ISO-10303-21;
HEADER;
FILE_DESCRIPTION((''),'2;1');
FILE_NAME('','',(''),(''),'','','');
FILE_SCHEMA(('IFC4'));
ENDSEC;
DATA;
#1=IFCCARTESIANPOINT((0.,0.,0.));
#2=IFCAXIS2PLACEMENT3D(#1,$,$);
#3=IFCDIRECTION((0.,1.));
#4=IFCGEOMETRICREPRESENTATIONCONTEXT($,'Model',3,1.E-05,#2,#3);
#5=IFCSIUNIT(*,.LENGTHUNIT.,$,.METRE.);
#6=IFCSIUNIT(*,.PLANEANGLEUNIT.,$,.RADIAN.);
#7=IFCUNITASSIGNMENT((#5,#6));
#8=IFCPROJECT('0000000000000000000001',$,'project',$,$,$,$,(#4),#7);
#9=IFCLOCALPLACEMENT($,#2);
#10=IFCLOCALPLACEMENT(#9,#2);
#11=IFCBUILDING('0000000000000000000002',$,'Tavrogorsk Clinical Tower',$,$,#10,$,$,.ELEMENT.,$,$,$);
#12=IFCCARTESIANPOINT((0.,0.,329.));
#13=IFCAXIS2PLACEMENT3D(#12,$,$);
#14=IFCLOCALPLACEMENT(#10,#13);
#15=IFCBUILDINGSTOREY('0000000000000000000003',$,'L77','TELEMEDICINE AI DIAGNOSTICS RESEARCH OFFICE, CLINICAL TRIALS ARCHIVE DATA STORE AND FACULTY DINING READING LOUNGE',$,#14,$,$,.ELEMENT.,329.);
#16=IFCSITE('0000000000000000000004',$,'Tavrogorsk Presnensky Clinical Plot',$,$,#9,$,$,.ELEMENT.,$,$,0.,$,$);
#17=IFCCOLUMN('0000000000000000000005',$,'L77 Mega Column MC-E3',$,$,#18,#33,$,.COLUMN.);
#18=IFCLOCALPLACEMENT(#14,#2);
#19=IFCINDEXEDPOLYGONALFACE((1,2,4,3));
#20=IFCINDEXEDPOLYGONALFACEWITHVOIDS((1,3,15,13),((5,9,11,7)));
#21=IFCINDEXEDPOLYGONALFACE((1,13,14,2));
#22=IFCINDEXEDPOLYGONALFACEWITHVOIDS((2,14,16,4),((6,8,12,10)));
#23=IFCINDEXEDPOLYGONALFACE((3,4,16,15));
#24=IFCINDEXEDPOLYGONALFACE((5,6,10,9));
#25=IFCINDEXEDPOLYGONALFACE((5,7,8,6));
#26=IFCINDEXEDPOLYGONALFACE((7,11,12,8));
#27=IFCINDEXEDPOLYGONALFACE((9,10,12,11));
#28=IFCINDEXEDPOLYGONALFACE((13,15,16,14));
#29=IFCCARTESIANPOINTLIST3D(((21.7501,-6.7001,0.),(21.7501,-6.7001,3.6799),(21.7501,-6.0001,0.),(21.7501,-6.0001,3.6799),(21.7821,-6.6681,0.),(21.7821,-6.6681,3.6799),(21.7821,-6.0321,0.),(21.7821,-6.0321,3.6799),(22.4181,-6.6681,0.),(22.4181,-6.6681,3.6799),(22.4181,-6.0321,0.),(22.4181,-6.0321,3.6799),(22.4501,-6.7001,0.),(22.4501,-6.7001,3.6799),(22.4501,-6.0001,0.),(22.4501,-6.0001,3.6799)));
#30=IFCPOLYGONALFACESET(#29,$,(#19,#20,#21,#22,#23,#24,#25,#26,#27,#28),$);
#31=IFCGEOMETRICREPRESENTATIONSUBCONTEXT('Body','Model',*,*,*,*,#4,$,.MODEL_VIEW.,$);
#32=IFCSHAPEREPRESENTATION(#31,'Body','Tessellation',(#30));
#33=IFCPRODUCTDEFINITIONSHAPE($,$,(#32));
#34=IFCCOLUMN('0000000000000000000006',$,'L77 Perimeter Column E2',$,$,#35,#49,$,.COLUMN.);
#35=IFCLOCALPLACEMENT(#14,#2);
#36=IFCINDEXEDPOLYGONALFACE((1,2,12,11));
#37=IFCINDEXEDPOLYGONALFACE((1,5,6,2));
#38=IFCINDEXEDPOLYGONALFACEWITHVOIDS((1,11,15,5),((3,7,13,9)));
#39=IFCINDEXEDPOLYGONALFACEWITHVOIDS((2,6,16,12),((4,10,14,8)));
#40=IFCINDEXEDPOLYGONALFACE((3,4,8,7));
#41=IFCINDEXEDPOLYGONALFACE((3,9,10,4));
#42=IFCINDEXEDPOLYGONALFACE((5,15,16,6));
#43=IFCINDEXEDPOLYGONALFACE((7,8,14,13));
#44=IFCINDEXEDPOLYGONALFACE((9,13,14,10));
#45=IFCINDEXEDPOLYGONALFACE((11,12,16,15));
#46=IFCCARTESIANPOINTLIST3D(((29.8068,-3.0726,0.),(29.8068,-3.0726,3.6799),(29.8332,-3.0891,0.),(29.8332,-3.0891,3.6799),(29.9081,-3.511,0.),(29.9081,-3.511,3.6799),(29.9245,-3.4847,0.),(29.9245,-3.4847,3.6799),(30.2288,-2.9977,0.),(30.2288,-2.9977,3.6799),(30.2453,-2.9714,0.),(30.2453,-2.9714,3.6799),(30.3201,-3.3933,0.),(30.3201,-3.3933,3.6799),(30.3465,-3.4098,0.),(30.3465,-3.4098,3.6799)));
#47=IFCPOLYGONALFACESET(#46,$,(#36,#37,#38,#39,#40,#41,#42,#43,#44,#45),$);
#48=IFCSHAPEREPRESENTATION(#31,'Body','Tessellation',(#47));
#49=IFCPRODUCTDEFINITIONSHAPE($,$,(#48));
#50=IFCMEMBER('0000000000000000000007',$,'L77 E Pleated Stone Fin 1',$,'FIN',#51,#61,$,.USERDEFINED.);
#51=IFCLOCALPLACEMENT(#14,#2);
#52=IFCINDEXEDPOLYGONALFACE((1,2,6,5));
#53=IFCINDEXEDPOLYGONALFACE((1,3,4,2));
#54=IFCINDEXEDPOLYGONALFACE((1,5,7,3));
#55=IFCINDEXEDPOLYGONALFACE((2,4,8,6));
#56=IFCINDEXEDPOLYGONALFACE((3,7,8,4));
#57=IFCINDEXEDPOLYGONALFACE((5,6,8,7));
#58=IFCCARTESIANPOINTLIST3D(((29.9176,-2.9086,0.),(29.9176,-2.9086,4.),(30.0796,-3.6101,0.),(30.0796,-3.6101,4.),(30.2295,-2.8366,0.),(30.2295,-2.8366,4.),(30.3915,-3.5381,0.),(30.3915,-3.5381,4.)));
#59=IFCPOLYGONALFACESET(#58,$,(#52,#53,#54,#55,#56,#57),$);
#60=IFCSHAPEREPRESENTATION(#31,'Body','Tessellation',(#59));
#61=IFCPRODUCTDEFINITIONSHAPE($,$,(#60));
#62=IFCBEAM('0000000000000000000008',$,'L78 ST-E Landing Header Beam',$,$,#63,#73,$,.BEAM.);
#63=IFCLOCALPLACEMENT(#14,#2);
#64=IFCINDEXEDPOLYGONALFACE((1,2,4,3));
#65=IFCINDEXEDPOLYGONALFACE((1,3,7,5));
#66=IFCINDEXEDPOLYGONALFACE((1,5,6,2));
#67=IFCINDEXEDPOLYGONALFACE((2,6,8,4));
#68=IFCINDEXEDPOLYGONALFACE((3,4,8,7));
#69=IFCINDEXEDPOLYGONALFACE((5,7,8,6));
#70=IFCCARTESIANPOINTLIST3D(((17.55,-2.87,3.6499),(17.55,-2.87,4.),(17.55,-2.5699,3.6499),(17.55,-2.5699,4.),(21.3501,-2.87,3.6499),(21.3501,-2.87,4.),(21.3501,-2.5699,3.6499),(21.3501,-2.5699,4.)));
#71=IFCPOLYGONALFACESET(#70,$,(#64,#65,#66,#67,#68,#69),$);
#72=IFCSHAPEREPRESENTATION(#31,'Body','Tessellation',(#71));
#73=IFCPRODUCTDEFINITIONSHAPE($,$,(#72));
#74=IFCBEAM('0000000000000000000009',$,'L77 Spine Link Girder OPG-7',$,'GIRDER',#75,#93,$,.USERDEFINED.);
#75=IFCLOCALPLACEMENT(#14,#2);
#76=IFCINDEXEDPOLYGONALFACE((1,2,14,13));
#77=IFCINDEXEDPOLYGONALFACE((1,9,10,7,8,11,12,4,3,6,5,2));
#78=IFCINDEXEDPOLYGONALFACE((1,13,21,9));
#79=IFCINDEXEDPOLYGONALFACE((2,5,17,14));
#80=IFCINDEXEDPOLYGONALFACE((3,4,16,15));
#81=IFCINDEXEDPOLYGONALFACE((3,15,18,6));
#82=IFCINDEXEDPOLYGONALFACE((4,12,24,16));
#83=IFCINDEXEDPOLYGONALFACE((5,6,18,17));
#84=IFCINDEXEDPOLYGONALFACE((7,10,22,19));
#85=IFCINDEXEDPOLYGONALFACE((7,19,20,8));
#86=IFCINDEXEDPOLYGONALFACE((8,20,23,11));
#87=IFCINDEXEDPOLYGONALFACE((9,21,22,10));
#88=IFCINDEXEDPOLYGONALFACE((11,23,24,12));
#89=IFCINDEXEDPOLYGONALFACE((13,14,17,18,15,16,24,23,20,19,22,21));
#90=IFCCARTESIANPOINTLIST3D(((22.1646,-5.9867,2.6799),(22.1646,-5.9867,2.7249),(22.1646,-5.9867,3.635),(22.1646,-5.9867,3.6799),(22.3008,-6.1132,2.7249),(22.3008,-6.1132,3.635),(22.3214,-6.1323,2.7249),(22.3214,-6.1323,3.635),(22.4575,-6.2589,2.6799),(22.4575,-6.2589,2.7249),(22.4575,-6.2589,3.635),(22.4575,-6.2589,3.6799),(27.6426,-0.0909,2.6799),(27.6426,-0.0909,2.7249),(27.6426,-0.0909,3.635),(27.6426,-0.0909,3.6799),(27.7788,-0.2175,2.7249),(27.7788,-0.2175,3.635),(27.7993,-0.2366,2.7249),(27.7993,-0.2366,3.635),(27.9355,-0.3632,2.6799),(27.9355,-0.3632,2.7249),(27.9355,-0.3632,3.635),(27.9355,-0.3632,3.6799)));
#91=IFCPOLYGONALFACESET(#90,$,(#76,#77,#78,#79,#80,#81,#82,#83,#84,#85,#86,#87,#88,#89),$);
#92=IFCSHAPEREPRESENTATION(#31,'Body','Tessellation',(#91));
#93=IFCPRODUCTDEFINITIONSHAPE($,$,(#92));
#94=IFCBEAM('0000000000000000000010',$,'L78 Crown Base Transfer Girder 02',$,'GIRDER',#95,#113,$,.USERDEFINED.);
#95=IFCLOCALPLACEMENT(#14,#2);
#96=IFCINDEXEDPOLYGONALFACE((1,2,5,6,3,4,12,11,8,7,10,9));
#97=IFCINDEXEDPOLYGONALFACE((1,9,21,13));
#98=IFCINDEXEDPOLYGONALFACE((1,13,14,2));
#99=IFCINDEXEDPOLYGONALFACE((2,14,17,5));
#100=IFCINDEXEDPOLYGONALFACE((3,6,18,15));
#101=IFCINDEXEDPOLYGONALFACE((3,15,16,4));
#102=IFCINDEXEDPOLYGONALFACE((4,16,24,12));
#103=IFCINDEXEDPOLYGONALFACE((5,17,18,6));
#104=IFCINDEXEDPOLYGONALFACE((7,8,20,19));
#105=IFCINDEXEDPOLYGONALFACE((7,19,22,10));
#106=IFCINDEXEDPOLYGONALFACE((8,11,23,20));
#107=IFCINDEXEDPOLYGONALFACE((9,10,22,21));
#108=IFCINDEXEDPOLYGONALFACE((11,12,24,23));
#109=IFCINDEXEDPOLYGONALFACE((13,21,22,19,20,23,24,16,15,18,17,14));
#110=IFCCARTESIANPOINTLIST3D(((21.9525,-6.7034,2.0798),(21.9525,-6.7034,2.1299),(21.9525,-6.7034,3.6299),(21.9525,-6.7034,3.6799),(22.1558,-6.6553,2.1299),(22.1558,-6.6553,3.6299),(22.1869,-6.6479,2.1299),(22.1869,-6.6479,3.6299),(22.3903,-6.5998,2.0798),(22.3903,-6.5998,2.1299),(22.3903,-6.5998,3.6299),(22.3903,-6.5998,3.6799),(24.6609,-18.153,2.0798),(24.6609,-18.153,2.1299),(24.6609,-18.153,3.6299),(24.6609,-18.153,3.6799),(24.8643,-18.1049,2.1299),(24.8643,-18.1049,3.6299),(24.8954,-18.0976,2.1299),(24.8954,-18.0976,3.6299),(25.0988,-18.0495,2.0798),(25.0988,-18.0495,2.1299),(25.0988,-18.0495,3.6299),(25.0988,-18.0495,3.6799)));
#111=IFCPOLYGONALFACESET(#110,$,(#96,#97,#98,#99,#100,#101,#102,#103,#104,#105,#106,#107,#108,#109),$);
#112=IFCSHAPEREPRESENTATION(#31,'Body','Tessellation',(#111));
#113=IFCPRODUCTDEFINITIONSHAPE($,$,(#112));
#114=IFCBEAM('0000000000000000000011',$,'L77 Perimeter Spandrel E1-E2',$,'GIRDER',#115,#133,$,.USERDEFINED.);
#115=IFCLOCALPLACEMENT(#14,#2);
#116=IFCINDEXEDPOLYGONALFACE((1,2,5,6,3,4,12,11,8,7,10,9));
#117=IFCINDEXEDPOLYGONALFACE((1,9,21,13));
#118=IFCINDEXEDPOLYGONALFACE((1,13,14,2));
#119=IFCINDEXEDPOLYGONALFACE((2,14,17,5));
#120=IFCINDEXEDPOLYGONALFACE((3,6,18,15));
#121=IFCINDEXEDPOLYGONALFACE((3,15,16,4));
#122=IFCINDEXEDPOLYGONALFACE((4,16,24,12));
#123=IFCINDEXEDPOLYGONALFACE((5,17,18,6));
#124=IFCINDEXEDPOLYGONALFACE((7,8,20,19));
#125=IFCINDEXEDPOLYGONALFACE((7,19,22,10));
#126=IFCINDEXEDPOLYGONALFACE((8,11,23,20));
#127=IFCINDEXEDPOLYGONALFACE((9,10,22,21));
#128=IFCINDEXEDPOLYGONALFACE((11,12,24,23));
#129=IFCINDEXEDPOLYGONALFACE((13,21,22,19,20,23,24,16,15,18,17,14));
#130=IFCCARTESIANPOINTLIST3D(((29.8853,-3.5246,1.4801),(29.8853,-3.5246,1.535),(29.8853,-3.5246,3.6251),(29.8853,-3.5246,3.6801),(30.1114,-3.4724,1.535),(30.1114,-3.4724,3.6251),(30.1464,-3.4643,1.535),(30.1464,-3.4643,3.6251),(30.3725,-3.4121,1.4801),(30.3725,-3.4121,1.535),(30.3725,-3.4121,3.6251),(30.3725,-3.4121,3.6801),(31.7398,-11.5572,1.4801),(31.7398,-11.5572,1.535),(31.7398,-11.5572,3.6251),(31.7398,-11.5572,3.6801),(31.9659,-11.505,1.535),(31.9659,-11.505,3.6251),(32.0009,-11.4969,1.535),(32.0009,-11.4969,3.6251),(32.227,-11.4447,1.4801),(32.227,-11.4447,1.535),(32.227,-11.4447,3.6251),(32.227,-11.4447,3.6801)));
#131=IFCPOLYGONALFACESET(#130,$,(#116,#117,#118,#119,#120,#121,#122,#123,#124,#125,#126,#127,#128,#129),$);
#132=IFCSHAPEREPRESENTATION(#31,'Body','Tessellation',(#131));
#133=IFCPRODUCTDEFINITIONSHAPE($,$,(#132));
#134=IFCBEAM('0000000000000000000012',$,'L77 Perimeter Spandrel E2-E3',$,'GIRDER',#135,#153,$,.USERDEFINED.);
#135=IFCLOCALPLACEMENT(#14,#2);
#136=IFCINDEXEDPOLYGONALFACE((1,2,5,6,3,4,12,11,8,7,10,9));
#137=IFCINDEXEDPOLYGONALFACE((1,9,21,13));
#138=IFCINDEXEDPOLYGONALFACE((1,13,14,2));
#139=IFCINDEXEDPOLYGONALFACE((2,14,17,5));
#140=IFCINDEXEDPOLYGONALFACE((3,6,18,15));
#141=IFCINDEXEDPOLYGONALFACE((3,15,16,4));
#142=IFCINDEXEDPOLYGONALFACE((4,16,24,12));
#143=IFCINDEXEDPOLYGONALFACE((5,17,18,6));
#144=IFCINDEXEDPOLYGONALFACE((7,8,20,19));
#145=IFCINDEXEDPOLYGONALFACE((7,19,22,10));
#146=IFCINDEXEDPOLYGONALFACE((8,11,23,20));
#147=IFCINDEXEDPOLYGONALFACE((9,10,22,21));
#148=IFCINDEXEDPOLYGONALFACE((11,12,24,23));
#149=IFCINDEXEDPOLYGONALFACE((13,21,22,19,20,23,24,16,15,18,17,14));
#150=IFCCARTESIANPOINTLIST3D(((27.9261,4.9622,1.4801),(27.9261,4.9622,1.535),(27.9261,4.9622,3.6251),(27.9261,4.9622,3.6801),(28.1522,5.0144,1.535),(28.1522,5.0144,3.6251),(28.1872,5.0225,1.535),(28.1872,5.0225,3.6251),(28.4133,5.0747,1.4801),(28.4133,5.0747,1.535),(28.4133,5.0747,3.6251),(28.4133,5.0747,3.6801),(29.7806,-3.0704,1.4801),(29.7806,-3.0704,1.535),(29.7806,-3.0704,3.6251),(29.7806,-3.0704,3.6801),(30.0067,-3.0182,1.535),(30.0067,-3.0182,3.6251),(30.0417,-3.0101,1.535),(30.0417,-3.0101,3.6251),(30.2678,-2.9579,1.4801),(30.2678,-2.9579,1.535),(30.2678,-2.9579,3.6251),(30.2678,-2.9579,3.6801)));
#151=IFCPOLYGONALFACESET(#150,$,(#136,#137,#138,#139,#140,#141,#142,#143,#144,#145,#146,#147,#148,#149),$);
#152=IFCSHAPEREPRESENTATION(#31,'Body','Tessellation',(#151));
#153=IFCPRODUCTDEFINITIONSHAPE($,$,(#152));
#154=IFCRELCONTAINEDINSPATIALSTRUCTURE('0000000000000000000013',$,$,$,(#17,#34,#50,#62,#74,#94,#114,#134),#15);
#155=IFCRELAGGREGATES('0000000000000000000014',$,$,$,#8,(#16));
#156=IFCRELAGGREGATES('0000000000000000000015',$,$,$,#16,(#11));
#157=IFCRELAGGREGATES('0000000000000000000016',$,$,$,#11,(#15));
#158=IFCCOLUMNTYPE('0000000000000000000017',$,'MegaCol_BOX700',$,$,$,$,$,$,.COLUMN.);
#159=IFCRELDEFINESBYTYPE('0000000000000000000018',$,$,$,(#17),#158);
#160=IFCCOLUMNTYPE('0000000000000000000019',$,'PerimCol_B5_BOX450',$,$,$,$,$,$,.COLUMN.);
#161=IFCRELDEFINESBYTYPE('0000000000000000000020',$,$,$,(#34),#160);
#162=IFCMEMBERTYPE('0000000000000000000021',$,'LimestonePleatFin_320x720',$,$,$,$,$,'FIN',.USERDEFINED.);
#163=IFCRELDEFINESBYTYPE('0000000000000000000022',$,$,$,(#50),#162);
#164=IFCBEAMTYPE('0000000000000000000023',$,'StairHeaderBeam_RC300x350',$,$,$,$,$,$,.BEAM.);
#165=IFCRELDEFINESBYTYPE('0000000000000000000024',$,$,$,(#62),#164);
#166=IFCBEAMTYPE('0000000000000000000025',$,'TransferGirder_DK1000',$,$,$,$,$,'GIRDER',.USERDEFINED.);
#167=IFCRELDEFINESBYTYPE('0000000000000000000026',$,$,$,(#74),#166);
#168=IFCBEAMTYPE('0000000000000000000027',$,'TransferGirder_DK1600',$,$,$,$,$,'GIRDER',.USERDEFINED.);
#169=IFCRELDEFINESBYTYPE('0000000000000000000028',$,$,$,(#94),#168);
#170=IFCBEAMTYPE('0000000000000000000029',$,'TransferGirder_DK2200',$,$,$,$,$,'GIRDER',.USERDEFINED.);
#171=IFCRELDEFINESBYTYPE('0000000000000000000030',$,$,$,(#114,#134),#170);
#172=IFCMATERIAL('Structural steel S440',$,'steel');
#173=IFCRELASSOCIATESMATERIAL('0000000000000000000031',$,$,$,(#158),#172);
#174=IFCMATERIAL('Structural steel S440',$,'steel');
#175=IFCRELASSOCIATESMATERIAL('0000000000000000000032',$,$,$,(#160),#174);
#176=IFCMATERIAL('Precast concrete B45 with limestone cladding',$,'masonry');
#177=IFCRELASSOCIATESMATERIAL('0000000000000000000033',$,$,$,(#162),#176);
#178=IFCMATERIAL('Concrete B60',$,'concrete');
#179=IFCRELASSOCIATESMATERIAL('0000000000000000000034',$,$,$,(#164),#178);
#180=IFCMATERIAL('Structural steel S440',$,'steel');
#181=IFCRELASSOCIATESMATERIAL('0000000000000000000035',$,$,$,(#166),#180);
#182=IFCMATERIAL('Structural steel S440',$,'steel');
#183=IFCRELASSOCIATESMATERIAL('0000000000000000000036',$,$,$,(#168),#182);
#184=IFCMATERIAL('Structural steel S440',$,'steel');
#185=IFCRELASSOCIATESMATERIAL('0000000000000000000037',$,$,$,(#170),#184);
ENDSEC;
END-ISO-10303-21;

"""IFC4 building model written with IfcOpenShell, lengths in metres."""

from ifc_helpers import new_model, si_unit, direction, frame, origin, origin_2d, place, context, subcontext, project, spatial, rectangle, hollow_rectangle, i_section, extrude, material, material_profile, profile_set, type_object, element, save


model = new_model("IFC4")

# Units and contexts
model_context = context("Model", 3, precision=1e-05, world=origin(), true_north=direction((0.0, 1.0)))
body_context = subcontext(model_context, "Body", "Model", "MODEL_VIEW")
ifc_project = project(units=[si_unit("LENGTHUNIT", "METRE"), si_unit("PLANEANGLEUNIT", "RADIAN")], contexts=[model_context])

# Site, building, storey
site_placement = place(None, origin())
site = spatial("IfcSite", under=ifc_project, at=site_placement, Name="Tavrogorsk Presnensky Clinical Plot", CompositionType="ELEMENT", RefElevation=0.0)
building_placement = place(site_placement, origin())
building = spatial("IfcBuilding", under=site, at=building_placement, Name="Tavrogorsk Clinical Tower", CompositionType="ELEMENT")
storey_placement = place(building_placement, frame((0.0, 0.0, 329.0)))
storey = spatial("IfcBuildingStorey", under=building, at=storey_placement, Name="L77", Description="TELEMEDICINE AI DIAGNOSTICS RESEARCH OFFICE, CLINICAL TRIALS ARCHIVE DATA STORE AND FACULTY DINING READING LOUNGE", CompositionType="ELEMENT", Elevation=329.0)

# Columns
ifc_material_1 = material(Name="Structural steel S440", Category="steel")
ifc_material_profile_1 = material_profile(ifc_material_1, hollow_rectangle(XDim=0.7, YDim=0.7, WallThickness=0.032, at=origin_2d()), Name="BOX-700x700x32")
ifc_profile_set_1 = profile_set([ifc_material_profile_1], Name="Structural steel S440")
column_type_1 = type_object("IfcColumnType", Name="MegaCol_BOX700", PredefinedType="COLUMN", material=ifc_profile_set_1)
column_1_placement = place(storey_placement, frame((22.1001, -6.3501, 0.0), z_axis=(0.0, 0.0, 1.0), x_axis=(1.0, 0.0, 0.0)))
element("IfcColumn", 1, at=column_1_placement, inside=storey, type_object=column_type_1, Name="L77 Mega Column MC-E3", PredefinedType="COLUMN", context=body_context, shape_type="SweptSolid", body=[
    extrude(hollow_rectangle(XDim=0.7, YDim=0.7, WallThickness=0.032, at=origin_2d()), origin(), (0.0, 0.0, 1.0), 3.6799),
])
ifc_material_2 = material(Name="Structural steel S440", Category="steel")
ifc_material_profile_2 = material_profile(ifc_material_2, hollow_rectangle(XDim=0.45, YDim=0.45, WallThickness=0.022, at=origin_2d()), Name="BOX-450x450x22")
ifc_profile_set_2 = profile_set([ifc_material_profile_2], Name="Structural steel S440")
column_type_2 = type_object("IfcColumnType", Name="PerimCol_B5_BOX450", PredefinedType="COLUMN", material=ifc_profile_set_2)
column_2_placement = place(storey_placement, frame((30.0767, -3.2412, 0.0), z_axis=(0.0, 0.0, 1.0), x_axis=(0.97437, 0.224951, 0.0)))
element("IfcColumn", 2, at=column_2_placement, inside=storey, type_object=column_type_2, Name="L77 Perimeter Column E2", PredefinedType="COLUMN", context=body_context, shape_type="SweptSolid", body=[
    extrude(hollow_rectangle(XDim=0.45, YDim=0.45, WallThickness=0.022, at=origin_2d()), origin(), (0.0, 0.0, 1.0), 3.6799),
])

# Member
ifc_material_3 = material(Name="Precast concrete B45 with limestone cladding", Category="masonry")
ifc_material_profile_3 = material_profile(ifc_material_3, rectangle(XDim=0.3201, YDim=0.72, at=origin_2d()), Name="LIMESTONE-FIN-320x720")
ifc_profile_set_3 = profile_set([ifc_material_profile_3], Name="Precast concrete B45 with limestone cladding")
member_type = type_object("IfcMemberType", Name="LimestonePleatFin_320x720", ElementType="FIN", PredefinedType="USERDEFINED", material=ifc_profile_set_3)
member_placement = place(storey_placement, frame((30.1545, -3.2234, 0.0), z_axis=(0.0, 0.0, 1.0), x_axis=(0.97437, 0.224951, 0.0)))
element("IfcMember", 3, at=member_placement, inside=storey, type_object=member_type, Name="L77 E Pleated Stone Fin 1", ObjectType="FIN", PredefinedType="USERDEFINED", context=body_context, shape_type="SweptSolid", body=[
    extrude(rectangle(XDim=0.3201, YDim=0.72, at=origin_2d()), origin(), (0.0, 0.0, 1.0), 4.0),
])

# Beams
ifc_material_4 = material(Name="Concrete B60", Category="concrete")
ifc_material_profile_4 = material_profile(ifc_material_4, rectangle(XDim=0.3, YDim=0.3501, at=origin_2d()), Name="RC-SHB-300x350")
ifc_profile_set_4 = profile_set([ifc_material_profile_4], Name="Concrete B60")
beam_type_1 = type_object("IfcBeamType", Name="StairHeaderBeam_RC300x350", PredefinedType="BEAM", material=ifc_profile_set_4)
beam_1_placement = place(storey_placement, frame((17.55, -2.72, 3.825), z_axis=(1.0, 0.0, 0.0), x_axis=(0.0, 1.0, 0.0)))
element("IfcBeam", 4, at=beam_1_placement, inside=storey, type_object=beam_type_1, Name="L78 ST-E Landing Header Beam", PredefinedType="BEAM", context=body_context, shape_type="SweptSolid", body=[
    extrude(rectangle(XDim=0.3, YDim=0.3501, at=origin_2d()), origin(), (0.0, 0.0, 1.0), 3.8),
])
ifc_material_5 = material(Name="Structural steel S440", Category="steel")
ifc_material_profile_5 = material_profile(ifc_material_5, i_section(OverallWidth=0.3999, OverallDepth=1.0, WebThickness=0.0281, FlangeThickness=0.0449, at=origin_2d()), Name="DK-1000x400x28x45")
ifc_profile_set_5 = profile_set([ifc_material_profile_5], Name="Structural steel S440")
beam_type_2 = type_object("IfcBeamType", Name="TransferGirder_DK1000", ElementType="GIRDER", PredefinedType="USERDEFINED", material=ifc_profile_set_5)
beam_2_placement = place(storey_placement, frame((27.7891, -0.2271, 3.1799), z_axis=(-0.680678, -0.732583, 0.0), x_axis=(0.732583, -0.680678, 0.0)))
element("IfcBeam", 5, at=beam_2_placement, inside=storey, type_object=beam_type_2, Name="L77 Spine Link Girder OPG-7", ObjectType="GIRDER", PredefinedType="USERDEFINED", context=body_context, shape_type="SweptSolid", body=[
    extrude(i_section(OverallWidth=0.3999, OverallDepth=1.0, WebThickness=0.0281, FlangeThickness=0.0449, at=origin_2d()), origin(), (0.0, 0.0, 1.0), 8.0479),
])
ifc_material_6 = material(Name="Structural steel S440", Category="steel")
ifc_material_profile_6 = material_profile(ifc_material_6, i_section(OverallWidth=0.45, OverallDepth=1.6001, WebThickness=0.032, FlangeThickness=0.05, at=origin_2d()), Name="DK-1600x450x32x50")
ifc_profile_set_6 = profile_set([ifc_material_profile_6], Name="Structural steel S440")
beam_type_3 = type_object("IfcBeamType", Name="TransferGirder_DK1600", ElementType="GIRDER", PredefinedType="USERDEFINED", material=ifc_profile_set_6)
beam_3_placement = place(storey_placement, frame((22.1714, -6.6516, 2.8799), z_axis=(0.230203, -0.973143, 0.0), x_axis=(0.973143, 0.230203, 0.0)))
element("IfcBeam", 6, at=beam_3_placement, inside=storey, type_object=beam_type_3, Name="L78 Crown Base Transfer Girder 02", ObjectType="GIRDER", PredefinedType="USERDEFINED", context=body_context, shape_type="SweptSolid", body=[
    extrude(i_section(OverallWidth=0.45, OverallDepth=1.6001, WebThickness=0.032, FlangeThickness=0.05, at=origin_2d()), origin(), (0.0, 0.0, 1.0), 11.7656),
])
ifc_material_7 = material(Name="Structural steel S440", Category="steel")
ifc_material_profile_7 = material_profile(ifc_material_7, i_section(OverallWidth=0.5, OverallDepth=2.2, WebThickness=0.0359, FlangeThickness=0.0549, at=origin_2d()), Name="DK-2200x500x36x55")
ifc_profile_set_7 = profile_set([ifc_material_profile_7], Name="Structural steel S440")
beam_type_4 = type_object("IfcBeamType", Name="TransferGirder_DK2200", ElementType="GIRDER", PredefinedType="USERDEFINED", material=ifc_profile_set_7)
for number, where, z_axis, x_axis, name in (
    (7, (31.9834, -11.501, 2.5801), (-0.22495, 0.97437, 0.0), (-0.97437, -0.22495, 0.0), "L77 Perimeter Spandrel E1-E2"),
    (8, (30.0242, -3.0142, 2.5801), (-0.22495, 0.97437, 0.0), (-0.97437, -0.22495, 0.0), "L77 Perimeter Spandrel E2-E3"),
):
    element("IfcBeam", number, at=place(storey_placement, frame(where, z_axis=z_axis, x_axis=x_axis)), inside=storey, type_object=beam_type_4, Name=name, ObjectType="GIRDER", PredefinedType="USERDEFINED", context=body_context, shape_type="SweptSolid", body=[
        extrude(i_section(OverallWidth=0.5, OverallDepth=2.2, WebThickness=0.0359, FlangeThickness=0.0549, at=origin_2d()), origin(), (0.0, 0.0, 1.0), 8.2439),
    ])

save(model, "model.ifc")
